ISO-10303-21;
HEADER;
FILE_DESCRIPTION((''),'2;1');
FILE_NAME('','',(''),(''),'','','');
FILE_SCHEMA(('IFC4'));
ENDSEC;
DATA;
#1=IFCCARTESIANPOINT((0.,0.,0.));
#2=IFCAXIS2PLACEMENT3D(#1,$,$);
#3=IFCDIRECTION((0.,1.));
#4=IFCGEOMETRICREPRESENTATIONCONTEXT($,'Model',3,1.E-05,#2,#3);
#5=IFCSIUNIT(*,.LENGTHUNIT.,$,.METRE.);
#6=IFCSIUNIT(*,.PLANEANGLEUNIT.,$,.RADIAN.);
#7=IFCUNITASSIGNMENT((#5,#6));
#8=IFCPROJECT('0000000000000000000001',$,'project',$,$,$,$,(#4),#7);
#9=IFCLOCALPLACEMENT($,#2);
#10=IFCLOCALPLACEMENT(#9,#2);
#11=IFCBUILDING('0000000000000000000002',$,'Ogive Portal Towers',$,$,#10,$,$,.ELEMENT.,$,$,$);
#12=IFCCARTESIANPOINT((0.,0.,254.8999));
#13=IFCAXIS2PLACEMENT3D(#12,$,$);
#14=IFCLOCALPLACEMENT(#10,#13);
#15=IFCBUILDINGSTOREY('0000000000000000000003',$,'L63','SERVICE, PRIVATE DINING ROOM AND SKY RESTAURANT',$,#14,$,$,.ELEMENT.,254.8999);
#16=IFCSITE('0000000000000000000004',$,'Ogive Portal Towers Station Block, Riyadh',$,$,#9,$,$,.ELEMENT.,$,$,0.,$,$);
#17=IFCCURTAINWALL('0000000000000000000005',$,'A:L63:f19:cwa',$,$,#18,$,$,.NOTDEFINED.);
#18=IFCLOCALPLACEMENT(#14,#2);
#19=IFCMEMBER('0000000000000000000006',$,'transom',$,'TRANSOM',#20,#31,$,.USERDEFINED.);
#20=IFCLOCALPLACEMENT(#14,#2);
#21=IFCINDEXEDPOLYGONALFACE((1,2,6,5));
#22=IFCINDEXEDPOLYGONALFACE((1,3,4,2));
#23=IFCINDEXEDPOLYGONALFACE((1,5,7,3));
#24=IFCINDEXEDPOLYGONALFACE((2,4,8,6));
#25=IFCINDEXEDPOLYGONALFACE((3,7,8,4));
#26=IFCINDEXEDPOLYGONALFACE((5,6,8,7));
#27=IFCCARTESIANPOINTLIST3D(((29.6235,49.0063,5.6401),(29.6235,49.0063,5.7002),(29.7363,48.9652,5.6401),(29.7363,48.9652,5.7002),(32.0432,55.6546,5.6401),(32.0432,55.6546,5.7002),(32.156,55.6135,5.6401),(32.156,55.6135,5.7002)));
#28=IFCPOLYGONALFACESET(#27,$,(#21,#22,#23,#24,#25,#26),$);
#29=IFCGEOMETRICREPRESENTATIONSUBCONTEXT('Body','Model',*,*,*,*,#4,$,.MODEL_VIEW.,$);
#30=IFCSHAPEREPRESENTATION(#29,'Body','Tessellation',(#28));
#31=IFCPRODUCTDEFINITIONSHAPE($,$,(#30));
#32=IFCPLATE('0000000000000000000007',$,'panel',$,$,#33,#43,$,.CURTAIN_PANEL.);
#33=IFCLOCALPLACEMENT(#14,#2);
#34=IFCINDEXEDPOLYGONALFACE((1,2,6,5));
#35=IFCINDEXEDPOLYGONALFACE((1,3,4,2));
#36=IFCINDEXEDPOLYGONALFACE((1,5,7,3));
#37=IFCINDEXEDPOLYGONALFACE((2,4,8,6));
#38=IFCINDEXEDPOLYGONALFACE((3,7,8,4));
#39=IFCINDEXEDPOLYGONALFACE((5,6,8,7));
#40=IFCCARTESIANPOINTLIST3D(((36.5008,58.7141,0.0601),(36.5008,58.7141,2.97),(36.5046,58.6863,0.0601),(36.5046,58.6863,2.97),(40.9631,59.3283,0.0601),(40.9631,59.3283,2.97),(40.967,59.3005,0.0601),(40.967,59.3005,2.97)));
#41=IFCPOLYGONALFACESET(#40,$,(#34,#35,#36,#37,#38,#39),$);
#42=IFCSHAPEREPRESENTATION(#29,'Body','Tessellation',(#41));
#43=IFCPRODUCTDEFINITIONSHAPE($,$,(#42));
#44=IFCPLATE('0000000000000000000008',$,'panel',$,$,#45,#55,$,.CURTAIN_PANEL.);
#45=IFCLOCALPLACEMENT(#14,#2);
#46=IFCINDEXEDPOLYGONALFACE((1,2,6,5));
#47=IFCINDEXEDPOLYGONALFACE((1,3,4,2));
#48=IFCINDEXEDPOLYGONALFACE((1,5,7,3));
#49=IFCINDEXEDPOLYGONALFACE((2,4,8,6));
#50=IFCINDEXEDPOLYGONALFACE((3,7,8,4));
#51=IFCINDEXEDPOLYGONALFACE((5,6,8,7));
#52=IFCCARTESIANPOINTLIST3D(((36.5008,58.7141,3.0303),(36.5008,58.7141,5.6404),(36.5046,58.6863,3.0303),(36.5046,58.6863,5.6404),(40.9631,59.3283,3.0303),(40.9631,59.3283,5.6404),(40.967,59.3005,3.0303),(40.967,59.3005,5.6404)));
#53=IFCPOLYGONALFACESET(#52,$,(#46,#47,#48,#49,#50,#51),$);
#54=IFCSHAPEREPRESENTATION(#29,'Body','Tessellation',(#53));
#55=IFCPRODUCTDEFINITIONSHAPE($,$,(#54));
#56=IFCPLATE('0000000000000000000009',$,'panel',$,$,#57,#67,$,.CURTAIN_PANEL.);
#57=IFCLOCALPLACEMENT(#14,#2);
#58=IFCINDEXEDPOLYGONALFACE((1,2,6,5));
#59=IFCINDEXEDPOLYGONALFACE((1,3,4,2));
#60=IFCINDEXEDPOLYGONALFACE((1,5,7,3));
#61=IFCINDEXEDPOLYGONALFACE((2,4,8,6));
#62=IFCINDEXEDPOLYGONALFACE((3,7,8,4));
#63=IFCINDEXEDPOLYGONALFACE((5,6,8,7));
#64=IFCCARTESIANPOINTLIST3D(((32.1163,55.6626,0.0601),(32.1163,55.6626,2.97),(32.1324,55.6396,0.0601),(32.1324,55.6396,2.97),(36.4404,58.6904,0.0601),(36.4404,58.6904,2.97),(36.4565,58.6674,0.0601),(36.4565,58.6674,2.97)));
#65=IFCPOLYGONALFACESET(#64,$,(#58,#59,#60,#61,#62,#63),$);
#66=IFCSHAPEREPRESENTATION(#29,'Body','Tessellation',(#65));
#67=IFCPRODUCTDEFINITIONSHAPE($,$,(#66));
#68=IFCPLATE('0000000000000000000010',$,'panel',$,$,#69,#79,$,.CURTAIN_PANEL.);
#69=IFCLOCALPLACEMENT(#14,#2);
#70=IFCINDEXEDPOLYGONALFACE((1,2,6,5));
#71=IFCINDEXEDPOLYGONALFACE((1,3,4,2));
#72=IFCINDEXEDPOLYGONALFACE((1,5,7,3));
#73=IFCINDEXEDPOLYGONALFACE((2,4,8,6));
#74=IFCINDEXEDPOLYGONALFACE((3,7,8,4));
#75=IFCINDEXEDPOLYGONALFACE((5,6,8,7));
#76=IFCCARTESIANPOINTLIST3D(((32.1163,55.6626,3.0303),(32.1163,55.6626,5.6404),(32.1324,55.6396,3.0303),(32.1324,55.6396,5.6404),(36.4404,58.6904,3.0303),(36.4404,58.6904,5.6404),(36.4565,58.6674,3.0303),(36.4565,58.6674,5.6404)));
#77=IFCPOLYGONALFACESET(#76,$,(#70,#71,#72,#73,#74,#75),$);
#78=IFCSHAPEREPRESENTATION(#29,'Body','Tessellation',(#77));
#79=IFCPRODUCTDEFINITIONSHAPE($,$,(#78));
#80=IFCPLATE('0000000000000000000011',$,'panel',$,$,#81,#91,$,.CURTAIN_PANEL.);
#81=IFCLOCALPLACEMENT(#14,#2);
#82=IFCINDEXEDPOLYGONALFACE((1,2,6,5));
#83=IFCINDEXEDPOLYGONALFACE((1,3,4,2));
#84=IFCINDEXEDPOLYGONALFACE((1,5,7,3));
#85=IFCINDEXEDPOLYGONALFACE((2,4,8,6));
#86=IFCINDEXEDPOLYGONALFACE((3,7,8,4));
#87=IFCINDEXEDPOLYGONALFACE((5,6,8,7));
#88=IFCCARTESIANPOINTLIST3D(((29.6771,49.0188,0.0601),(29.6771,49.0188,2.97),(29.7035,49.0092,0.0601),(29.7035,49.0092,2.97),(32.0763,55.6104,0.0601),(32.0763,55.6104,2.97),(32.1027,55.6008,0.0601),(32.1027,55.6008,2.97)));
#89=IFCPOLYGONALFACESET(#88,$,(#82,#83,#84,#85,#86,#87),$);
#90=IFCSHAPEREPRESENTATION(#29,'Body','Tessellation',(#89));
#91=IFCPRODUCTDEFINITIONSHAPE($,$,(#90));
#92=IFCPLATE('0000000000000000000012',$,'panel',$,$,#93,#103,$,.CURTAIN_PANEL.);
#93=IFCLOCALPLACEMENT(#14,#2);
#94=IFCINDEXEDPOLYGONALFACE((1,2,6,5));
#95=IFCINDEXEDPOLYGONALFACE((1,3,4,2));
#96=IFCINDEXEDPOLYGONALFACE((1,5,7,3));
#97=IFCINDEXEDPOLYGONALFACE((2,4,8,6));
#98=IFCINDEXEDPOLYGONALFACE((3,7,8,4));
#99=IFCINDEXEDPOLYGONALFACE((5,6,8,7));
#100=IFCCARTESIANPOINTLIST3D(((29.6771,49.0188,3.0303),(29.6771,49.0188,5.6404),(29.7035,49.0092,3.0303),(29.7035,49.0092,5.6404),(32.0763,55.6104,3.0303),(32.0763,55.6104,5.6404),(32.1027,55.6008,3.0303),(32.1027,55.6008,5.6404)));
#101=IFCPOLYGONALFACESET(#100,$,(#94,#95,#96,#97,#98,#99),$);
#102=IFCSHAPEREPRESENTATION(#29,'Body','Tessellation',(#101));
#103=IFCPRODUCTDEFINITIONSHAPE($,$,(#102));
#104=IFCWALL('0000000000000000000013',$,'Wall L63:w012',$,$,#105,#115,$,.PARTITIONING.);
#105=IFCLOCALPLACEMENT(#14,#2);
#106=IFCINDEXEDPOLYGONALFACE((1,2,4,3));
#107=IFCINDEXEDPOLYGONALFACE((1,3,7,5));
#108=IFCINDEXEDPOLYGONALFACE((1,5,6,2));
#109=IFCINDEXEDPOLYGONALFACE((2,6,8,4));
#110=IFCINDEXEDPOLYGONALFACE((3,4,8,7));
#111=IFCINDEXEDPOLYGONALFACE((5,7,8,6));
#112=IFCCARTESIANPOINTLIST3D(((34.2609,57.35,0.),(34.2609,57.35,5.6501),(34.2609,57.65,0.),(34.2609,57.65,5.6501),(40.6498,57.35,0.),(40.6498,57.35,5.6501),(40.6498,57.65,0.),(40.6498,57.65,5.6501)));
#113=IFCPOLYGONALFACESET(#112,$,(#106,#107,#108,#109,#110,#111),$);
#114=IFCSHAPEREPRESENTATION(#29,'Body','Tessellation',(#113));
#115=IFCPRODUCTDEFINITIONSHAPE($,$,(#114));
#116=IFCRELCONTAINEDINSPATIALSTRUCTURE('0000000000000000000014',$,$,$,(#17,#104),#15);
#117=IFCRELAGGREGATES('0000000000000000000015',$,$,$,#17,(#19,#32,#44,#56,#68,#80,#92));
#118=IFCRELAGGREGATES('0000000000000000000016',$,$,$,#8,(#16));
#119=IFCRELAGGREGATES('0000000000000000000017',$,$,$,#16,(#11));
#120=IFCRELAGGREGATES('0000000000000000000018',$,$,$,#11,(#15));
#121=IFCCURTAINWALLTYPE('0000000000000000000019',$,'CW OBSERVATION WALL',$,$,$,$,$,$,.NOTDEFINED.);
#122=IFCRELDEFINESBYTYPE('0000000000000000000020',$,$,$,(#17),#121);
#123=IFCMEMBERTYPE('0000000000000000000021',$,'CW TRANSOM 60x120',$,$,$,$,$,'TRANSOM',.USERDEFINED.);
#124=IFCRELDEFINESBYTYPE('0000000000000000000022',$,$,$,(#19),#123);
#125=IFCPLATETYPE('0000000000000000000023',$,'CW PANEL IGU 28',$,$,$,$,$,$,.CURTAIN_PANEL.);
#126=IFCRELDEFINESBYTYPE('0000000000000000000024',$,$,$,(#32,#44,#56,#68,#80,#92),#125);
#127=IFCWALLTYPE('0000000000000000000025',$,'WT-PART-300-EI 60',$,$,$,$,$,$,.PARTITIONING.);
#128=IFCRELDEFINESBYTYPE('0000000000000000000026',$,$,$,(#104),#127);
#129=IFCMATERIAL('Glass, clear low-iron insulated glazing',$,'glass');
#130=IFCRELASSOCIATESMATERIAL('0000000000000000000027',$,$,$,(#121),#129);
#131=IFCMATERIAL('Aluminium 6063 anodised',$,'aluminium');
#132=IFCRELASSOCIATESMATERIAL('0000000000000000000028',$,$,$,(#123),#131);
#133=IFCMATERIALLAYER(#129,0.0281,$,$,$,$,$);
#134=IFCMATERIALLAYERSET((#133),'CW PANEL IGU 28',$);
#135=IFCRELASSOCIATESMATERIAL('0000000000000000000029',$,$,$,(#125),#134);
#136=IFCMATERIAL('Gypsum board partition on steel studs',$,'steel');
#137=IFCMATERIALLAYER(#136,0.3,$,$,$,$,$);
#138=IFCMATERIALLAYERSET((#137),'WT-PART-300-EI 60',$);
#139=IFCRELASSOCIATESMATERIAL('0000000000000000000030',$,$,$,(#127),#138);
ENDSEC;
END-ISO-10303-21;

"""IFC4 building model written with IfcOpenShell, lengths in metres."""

from ifc_helpers import new_model, si_unit, direction, frame, frame_2d, origin, origin_2d, place, context, subcontext, project, spatial, rectangle, extrude, material, layer, layer_set, material_profile, profile_set, type_object, element, aggregate, save


model = new_model("IFC4")

# Units and contexts
model_context = context("Model", 3, precision=1e-05, world=origin(), true_north=direction((0.0, 1.0)))
body_context = subcontext(model_context, "Body", "Model", "MODEL_VIEW")
ifc_project = project(units=[si_unit("LENGTHUNIT", "METRE"), si_unit("PLANEANGLEUNIT", "RADIAN")], contexts=[model_context])

# Site, building, storey
site_placement = place(None, origin())
site = spatial("IfcSite", under=ifc_project, at=site_placement, Name="Ogive Portal Towers Station Block, Riyadh", CompositionType="ELEMENT", RefElevation=0.0)
building_placement = place(site_placement, origin())
building = spatial("IfcBuilding", under=site, at=building_placement, Name="Ogive Portal Towers", CompositionType="ELEMENT")
storey_placement = place(building_placement, frame((0.0, 0.0, 254.8999)))
storey = spatial("IfcBuildingStorey", under=building, at=storey_placement, Name="L63", Description="SERVICE, PRIVATE DINING ROOM AND SKY RESTAURANT", CompositionType="ELEMENT", Elevation=254.8999)

# Shared definitions
ifc_material_1 = material(Name="Glass, clear low-iron insulated glazing", Category="glass")
curtain_wall_type = type_object("IfcCurtainWallType", Name="CW OBSERVATION WALL", PredefinedType="NOTDEFINED", material=ifc_material_1)
ifc_material_2 = material(Name="Aluminium 6063 anodised", Category="aluminium")

# Curtain wall
curtain_wall_1_placement = place(storey_placement, origin())
curtain_wall_1 = element("IfcCurtainWall", 1, at=curtain_wall_1_placement, inside=storey, type_object=curtain_wall_type, Name="A:L63:f19:cwa", PredefinedType="NOTDEFINED")

# Member
ifc_material_profile_1 = material_profile(ifc_material_2, rectangle(XDim=0.1201, YDim=0.0601, at=origin_2d()), Name="AL 120x60")
ifc_profile_set_1 = profile_set([ifc_material_profile_1], Name="Aluminium 6063 anodised")
member_type_1 = type_object("IfcMemberType", Name="CW TRANSOM 60x120", ElementType="TRANSOM", PredefinedType="USERDEFINED", material=ifc_profile_set_1)
member_1_placement = place(storey_placement, frame((32.0996, 55.634, 5.6702), z_axis=(-0.342012, -0.939696, 0.0), x_axis=(0.939696, -0.342012, 0.0)))
member_1 = element("IfcMember", 2, at=member_1_placement, type_object=member_type_1, Name="transom", ObjectType="TRANSOM", PredefinedType="USERDEFINED", context=body_context, shape_type="SweptSolid", body=[
    extrude(rectangle(XDim=0.1201, YDim=0.0601, at=origin_2d()), origin(), (0.0, 0.0, 1.0), 7.075),
])

# Plates
ifc_layer_1 = layer(ifc_material_1, 0.0281)
ifc_layer_set_1 = layer_set([ifc_layer_1], Name="CW PANEL IGU 28")
plate_type = type_object("IfcPlateType", Name="CW PANEL IGU 28", PredefinedType="CURTAIN_PANEL", material=ifc_layer_set_1)
plate_1_placement = place(storey_placement, frame((38.7339, 59.0073, 0.0601), z_axis=(0.0, 0.0, 1.0), x_axis=(-0.990661, -0.136348, 0.0)))
plate_1 = element("IfcPlate", 3, at=plate_1_placement, type_object=plate_type, Name="panel", PredefinedType="CURTAIN_PANEL", context=body_context, shape_type="SweptSolid", body=[
    extrude(rectangle(XDim=4.5044, YDim=0.0281, at=origin_2d()), origin(), (0.0, 0.0, 1.0), 2.9099),
])
plate_2_placement = place(storey_placement, frame((38.7339, 59.0073, 3.0303), z_axis=(0.0, 0.0, 1.0), x_axis=(-0.990661, -0.136348, 0.0)))
plate_2 = element("IfcPlate", 4, at=plate_2_placement, type_object=plate_type, Name="panel", PredefinedType="CURTAIN_PANEL", context=body_context, shape_type="SweptSolid", body=[
    extrude(rectangle(XDim=4.5044, YDim=0.0281, at=origin_2d()), origin(), (0.0, 0.0, 1.0), 2.6101),
])
plate_3_placement = place(storey_placement, frame((34.2864, 57.165, 0.0601), z_axis=(0.0, 0.0, 1.0), x_axis=(-0.819152, -0.573576, 0.0)))
plate_3 = element("IfcPlate", 5, at=plate_3_placement, type_object=plate_type, Name="panel", PredefinedType="CURTAIN_PANEL", context=body_context, shape_type="SweptSolid", body=[
    extrude(rectangle(XDim=5.2788, YDim=0.0281, at=origin_2d()), origin(), (0.0, 0.0, 1.0), 2.9099),
])
plate_4_placement = place(storey_placement, frame((34.2864, 57.165, 3.0303), z_axis=(0.0, 0.0, 1.0), x_axis=(-0.819152, -0.573576, 0.0)))
plate_4 = element("IfcPlate", 6, at=plate_4_placement, type_object=plate_type, Name="panel", PredefinedType="CURTAIN_PANEL", context=body_context, shape_type="SweptSolid", body=[
    extrude(rectangle(XDim=5.2788, YDim=0.0281, at=origin_2d()), origin(), (0.0, 0.0, 1.0), 2.6101),
])
plate_5_placement = place(storey_placement, frame((30.8899, 52.3098, 0.0601), z_axis=(0.0, 0.0, 1.0), x_axis=(-0.34202, -0.939693, 0.0)))
plate_5 = element("IfcPlate", 7, at=plate_5_placement, type_object=plate_type, Name="panel", PredefinedType="CURTAIN_PANEL", context=body_context, shape_type="SweptSolid", body=[
    extrude(rectangle(XDim=7.0146, YDim=0.0281, at=origin_2d()), origin(), (0.0, 0.0, 1.0), 2.9099),
])
plate_6_placement = place(storey_placement, frame((30.8899, 52.3098, 3.0303), z_axis=(0.0, 0.0, 1.0), x_axis=(-0.34202, -0.939693, 0.0)))
plate_6 = element("IfcPlate", 8, at=plate_6_placement, type_object=plate_type, Name="panel", PredefinedType="CURTAIN_PANEL", context=body_context, shape_type="SweptSolid", body=[
    extrude(rectangle(XDim=7.0146, YDim=0.0281, at=origin_2d()), origin(), (0.0, 0.0, 1.0), 2.6101),
])
aggregate(curtain_wall_1, [member_1, plate_1, plate_2, plate_3, plate_4, plate_5, plate_6])

# Wall
ifc_material_3 = material(Name="Gypsum board partition on steel studs", Category="steel")
ifc_layer_2 = layer(ifc_material_3, 0.3)
ifc_layer_set_2 = layer_set([ifc_layer_2], Name="WT-PART-300-EI 60")
wall_type = type_object("IfcWallType", Name="WT-PART-300-EI 60", PredefinedType="PARTITIONING", material=ifc_layer_set_2)
wall_placement = place(storey_placement, frame((34.261, 57.5, 0.0), z_axis=(0.0, 0.0, 1.0), x_axis=(1.0, 0.0, 0.0)))
element("IfcWall", 9, at=wall_placement, inside=storey, type_object=wall_type, Name="Wall L63:w012", PredefinedType="PARTITIONING", context=body_context, shape_type="SweptSolid", body=[
    extrude(rectangle(XDim=6.3889, YDim=0.3, at=frame_2d((3.1943, 0.0))), origin(), (0.0, 0.0, 1.0), 5.6501),
])

save(model, "model.ifc")
